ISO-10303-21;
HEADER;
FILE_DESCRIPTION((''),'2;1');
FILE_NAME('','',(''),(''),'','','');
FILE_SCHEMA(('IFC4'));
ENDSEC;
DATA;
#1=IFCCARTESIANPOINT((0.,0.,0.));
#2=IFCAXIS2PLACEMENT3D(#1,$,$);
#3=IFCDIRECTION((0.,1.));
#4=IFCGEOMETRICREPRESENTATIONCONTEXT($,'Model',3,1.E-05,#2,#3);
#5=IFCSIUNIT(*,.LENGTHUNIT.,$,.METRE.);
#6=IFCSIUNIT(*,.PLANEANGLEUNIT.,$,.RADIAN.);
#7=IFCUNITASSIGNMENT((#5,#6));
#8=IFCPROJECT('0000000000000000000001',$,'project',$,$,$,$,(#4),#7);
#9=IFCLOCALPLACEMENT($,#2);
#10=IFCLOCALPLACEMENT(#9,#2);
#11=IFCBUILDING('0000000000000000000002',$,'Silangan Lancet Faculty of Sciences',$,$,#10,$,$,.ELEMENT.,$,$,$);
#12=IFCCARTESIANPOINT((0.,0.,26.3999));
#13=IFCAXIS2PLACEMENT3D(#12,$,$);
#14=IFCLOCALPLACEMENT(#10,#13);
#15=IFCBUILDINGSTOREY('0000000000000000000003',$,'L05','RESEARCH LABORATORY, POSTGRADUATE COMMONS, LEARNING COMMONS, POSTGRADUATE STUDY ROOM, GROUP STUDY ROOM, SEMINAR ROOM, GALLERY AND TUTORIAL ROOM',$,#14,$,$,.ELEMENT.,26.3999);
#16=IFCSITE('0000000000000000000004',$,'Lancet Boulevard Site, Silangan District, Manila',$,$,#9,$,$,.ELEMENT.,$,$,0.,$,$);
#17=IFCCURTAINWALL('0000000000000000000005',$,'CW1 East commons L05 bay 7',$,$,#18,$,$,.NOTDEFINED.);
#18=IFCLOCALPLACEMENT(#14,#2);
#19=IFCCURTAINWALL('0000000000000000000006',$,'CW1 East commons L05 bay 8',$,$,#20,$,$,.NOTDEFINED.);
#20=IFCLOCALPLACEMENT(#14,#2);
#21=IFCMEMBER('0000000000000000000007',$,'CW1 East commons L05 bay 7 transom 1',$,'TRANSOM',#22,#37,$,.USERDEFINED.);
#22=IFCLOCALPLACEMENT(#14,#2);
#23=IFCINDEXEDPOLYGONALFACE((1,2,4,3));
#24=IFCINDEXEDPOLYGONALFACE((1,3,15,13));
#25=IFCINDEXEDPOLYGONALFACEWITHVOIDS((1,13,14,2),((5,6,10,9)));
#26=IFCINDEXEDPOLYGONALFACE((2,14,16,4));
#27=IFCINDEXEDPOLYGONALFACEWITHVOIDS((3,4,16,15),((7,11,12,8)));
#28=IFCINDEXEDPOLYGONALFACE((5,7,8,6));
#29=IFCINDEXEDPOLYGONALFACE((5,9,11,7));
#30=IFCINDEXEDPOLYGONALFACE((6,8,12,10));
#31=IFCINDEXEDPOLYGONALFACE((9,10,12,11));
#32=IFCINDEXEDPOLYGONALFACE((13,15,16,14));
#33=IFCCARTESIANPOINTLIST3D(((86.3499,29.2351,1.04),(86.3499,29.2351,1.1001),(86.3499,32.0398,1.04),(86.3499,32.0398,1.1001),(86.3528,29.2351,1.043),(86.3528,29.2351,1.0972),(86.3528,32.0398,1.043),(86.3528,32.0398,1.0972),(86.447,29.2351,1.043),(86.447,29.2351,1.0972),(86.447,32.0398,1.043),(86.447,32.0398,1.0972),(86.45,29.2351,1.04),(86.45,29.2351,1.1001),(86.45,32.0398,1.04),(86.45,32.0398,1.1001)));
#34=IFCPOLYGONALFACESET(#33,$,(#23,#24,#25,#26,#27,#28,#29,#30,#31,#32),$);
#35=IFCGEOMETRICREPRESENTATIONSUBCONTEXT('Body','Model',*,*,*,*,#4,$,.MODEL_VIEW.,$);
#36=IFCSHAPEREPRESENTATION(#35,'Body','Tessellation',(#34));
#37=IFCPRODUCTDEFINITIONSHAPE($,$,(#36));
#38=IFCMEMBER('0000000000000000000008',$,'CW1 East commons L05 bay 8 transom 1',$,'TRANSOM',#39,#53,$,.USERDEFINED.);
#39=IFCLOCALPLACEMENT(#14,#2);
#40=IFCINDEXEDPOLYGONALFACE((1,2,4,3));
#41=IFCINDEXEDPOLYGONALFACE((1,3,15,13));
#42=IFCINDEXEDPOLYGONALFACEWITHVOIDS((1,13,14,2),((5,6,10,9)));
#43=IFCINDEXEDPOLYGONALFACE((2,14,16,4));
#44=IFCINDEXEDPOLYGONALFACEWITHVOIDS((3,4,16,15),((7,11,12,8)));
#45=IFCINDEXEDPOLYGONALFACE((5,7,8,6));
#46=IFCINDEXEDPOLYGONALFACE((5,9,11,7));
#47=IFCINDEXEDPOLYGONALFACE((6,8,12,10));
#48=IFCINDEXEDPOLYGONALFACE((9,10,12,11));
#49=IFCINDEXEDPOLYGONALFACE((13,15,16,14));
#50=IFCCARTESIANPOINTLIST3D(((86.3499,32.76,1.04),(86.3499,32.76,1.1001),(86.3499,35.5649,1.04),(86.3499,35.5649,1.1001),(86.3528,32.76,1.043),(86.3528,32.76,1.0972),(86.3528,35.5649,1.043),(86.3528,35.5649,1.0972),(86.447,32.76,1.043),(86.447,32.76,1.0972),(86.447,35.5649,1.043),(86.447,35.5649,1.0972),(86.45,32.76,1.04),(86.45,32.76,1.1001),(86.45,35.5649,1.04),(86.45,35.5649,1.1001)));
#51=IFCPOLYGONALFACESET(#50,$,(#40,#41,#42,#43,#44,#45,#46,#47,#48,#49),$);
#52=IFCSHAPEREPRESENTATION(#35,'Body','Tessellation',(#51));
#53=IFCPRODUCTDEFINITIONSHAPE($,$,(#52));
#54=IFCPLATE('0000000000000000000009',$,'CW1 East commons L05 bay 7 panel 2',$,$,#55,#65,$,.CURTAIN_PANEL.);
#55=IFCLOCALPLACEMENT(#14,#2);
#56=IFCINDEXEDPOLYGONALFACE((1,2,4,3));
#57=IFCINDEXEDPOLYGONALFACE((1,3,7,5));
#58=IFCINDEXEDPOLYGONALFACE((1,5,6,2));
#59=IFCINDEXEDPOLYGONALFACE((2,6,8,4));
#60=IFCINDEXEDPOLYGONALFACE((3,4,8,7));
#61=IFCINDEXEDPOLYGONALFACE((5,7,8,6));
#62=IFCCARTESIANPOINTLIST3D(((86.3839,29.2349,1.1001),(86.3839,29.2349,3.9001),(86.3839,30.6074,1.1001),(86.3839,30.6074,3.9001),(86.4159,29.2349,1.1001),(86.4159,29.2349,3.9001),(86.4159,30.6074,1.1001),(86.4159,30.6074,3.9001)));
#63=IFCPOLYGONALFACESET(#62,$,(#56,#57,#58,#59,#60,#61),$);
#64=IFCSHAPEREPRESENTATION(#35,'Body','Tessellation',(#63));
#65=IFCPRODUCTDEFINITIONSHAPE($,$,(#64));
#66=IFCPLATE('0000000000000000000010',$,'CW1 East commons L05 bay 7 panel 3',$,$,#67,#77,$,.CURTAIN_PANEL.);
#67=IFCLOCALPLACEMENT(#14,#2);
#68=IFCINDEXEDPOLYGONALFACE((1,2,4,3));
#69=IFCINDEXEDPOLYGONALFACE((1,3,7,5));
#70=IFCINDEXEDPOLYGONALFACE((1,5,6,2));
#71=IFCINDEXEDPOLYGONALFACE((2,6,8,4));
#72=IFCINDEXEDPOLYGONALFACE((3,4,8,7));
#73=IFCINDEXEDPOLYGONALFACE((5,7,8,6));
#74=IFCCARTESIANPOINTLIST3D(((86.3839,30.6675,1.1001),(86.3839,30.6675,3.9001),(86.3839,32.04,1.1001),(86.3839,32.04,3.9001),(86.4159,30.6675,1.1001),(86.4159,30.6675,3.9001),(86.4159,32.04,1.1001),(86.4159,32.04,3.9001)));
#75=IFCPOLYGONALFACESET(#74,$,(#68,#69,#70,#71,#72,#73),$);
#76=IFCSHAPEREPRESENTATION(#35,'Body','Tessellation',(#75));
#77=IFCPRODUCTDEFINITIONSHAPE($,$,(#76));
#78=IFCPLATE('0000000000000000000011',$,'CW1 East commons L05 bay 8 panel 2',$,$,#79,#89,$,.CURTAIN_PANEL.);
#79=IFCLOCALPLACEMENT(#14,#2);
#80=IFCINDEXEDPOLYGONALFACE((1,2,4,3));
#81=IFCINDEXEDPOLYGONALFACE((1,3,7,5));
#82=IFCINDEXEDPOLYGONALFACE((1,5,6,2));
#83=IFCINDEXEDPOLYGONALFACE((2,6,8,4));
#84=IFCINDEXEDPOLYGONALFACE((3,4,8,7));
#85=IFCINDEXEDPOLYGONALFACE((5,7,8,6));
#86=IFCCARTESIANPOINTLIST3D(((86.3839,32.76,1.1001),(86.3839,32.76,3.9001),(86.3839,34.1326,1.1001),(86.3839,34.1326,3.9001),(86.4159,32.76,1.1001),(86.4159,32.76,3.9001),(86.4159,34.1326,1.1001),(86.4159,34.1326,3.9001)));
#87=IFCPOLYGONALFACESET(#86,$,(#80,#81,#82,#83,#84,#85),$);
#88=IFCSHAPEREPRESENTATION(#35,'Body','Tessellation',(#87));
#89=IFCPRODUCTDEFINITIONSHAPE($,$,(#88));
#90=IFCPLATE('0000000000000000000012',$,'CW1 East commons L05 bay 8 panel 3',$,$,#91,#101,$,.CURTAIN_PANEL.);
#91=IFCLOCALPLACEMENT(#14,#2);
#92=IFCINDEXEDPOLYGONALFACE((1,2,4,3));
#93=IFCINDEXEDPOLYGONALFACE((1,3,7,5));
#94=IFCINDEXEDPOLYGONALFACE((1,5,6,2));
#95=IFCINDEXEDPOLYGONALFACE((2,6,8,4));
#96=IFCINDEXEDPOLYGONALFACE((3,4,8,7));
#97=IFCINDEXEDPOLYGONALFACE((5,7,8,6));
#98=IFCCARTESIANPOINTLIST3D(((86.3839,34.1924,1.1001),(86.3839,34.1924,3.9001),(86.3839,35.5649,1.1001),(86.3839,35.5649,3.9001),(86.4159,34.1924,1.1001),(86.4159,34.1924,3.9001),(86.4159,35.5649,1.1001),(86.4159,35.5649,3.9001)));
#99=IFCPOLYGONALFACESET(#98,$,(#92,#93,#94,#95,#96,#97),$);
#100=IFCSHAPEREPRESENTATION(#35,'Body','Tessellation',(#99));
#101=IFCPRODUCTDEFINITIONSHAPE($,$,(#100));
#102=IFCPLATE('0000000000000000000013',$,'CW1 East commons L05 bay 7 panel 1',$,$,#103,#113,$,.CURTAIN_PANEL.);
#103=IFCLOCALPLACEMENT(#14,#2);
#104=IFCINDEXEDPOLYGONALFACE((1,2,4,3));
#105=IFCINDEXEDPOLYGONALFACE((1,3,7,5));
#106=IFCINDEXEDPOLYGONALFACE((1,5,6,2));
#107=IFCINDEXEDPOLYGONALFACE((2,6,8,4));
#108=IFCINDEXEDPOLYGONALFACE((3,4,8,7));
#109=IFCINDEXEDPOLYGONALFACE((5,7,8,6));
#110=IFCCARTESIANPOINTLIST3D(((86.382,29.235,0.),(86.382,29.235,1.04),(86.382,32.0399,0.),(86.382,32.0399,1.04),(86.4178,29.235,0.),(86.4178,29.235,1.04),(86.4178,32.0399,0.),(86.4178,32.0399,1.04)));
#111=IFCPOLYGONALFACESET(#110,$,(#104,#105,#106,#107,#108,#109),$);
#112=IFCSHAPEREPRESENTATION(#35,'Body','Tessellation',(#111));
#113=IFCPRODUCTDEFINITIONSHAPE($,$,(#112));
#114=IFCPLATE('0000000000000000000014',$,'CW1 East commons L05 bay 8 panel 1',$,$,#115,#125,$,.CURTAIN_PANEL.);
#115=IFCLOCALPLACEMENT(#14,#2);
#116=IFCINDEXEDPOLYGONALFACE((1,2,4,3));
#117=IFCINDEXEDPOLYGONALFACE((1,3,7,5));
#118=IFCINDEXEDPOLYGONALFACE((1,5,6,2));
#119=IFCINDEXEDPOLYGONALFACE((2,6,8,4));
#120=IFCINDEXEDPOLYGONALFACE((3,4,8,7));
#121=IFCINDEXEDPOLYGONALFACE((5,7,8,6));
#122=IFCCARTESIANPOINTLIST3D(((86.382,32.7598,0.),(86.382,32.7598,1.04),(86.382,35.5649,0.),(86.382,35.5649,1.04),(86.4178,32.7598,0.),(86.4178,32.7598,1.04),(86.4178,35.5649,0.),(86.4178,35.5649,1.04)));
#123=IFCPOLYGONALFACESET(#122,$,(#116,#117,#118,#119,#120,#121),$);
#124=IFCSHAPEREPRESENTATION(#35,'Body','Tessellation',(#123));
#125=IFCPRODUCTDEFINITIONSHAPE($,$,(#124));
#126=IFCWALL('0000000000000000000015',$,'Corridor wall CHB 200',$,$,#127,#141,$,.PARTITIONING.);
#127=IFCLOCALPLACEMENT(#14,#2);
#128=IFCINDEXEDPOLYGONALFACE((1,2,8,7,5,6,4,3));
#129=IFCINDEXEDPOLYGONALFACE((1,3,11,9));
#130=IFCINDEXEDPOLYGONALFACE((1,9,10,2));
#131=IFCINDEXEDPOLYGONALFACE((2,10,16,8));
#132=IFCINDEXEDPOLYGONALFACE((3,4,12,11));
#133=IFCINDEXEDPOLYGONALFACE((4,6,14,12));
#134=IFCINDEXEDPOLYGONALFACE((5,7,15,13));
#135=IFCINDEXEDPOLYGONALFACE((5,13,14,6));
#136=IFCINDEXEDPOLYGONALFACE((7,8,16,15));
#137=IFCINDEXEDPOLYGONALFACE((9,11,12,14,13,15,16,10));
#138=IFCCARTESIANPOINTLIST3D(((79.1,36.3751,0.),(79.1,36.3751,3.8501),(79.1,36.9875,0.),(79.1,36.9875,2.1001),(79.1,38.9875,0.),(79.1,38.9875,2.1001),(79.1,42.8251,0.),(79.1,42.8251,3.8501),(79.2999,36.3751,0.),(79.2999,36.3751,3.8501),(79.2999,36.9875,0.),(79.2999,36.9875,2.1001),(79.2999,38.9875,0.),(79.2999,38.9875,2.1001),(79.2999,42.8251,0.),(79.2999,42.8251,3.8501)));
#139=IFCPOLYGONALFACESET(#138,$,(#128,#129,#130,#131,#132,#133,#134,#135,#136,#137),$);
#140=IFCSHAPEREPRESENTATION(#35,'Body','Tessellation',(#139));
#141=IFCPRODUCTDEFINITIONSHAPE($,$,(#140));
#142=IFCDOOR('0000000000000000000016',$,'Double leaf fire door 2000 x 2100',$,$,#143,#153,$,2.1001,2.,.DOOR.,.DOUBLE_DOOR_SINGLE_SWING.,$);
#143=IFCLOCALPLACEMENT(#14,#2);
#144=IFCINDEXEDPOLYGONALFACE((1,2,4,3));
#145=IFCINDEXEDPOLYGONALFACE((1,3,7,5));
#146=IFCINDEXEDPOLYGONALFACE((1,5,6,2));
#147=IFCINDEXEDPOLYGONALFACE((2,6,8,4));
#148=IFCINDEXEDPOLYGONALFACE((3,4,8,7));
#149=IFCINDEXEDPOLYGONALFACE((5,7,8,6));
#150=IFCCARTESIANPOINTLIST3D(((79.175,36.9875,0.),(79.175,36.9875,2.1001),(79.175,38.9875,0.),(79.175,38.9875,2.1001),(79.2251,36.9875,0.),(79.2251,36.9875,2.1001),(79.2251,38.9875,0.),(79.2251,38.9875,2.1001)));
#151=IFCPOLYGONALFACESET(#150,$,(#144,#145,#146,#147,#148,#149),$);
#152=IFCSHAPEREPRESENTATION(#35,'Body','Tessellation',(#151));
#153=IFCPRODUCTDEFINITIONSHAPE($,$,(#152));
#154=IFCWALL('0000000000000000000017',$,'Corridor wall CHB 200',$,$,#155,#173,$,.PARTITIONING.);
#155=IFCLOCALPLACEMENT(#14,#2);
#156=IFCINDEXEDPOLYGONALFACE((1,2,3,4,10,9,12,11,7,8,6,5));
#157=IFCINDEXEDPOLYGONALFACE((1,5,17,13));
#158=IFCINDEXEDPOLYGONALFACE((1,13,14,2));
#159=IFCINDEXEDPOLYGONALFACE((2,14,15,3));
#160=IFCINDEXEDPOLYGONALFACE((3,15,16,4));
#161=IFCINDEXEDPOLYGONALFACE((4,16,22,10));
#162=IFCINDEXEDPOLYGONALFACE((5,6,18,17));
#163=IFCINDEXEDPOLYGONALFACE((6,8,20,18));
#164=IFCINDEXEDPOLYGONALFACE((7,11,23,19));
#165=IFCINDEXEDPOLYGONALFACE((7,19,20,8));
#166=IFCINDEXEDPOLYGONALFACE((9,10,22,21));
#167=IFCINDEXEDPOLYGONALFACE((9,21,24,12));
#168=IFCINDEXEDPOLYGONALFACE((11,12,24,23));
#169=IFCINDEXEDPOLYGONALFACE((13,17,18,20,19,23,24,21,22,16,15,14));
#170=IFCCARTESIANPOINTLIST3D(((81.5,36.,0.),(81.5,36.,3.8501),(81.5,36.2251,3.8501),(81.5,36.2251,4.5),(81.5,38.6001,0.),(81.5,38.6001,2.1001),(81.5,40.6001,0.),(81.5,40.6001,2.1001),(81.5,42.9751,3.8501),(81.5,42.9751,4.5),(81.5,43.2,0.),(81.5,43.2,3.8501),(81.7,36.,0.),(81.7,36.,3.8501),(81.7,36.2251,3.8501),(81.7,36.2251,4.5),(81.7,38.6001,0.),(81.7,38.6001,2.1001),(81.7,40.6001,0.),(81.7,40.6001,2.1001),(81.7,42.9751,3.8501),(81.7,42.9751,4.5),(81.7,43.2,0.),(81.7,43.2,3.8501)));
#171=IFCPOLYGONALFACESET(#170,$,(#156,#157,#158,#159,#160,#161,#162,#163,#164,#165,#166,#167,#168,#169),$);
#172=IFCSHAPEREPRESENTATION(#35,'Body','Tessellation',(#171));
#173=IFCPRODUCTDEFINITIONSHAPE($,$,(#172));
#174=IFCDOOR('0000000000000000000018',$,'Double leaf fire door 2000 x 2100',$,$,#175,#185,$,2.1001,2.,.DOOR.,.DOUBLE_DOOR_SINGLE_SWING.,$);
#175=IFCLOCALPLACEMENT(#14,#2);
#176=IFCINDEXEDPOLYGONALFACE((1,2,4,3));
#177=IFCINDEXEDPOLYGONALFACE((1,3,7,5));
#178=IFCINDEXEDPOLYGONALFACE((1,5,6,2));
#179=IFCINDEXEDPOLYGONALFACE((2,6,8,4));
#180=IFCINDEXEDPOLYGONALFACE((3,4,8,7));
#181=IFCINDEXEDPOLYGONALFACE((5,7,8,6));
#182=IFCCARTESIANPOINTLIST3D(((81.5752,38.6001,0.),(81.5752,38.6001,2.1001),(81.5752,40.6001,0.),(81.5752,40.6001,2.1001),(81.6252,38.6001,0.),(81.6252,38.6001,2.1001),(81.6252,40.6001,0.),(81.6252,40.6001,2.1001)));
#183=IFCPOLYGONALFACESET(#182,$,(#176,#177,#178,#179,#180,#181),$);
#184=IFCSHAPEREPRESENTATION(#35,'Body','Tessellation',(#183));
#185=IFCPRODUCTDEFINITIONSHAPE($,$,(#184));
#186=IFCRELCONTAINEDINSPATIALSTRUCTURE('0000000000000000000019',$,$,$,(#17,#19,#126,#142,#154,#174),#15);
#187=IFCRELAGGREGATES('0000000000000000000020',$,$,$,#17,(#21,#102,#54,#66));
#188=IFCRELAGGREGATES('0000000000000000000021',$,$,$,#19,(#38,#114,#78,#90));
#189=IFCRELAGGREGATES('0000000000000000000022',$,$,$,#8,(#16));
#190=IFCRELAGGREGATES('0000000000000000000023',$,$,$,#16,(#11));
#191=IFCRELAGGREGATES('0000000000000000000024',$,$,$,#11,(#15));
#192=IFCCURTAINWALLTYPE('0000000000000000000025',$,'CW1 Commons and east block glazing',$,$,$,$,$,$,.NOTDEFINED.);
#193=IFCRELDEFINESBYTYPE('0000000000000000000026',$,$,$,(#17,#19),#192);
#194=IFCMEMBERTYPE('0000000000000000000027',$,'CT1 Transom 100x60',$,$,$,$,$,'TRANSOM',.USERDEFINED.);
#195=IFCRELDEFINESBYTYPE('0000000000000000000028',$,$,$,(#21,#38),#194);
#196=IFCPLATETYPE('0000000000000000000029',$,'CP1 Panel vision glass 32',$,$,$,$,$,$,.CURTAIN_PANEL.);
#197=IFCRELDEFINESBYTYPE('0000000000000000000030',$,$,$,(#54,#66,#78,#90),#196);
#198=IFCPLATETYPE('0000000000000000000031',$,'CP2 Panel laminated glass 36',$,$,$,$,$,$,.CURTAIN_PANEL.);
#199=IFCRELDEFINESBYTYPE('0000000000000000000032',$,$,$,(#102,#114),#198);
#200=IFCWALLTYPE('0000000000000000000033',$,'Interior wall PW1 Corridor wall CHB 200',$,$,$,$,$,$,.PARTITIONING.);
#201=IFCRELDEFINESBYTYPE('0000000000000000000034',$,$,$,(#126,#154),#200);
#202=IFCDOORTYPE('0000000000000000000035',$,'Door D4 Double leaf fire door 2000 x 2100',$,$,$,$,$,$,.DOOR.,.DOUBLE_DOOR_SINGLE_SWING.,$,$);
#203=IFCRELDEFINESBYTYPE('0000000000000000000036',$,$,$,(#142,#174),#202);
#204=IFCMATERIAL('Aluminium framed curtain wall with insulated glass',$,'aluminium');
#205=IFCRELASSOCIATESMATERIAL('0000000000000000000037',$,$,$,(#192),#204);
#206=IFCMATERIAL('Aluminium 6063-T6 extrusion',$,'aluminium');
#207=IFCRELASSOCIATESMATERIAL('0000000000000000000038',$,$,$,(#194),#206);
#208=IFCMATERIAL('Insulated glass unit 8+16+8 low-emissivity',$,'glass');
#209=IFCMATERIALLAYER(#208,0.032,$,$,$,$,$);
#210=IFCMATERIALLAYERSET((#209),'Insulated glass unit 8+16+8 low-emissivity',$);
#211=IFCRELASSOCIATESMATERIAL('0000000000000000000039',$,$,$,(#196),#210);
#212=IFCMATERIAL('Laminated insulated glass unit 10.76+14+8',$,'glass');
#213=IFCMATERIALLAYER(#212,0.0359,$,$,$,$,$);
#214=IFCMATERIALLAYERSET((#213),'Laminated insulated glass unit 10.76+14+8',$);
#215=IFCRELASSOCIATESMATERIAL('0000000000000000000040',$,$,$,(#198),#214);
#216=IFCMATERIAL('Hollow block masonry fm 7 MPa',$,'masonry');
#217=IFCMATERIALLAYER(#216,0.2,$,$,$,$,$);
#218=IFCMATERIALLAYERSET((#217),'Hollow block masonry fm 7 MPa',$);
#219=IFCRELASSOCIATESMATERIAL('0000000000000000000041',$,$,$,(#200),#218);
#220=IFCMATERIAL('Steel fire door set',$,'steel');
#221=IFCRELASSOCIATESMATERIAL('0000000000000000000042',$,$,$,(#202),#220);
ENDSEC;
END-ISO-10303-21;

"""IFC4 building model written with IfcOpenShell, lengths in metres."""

from ifc_helpers import new_model, si_unit, direction, frame, frame_2d, origin, origin_2d, place, context, subcontext, project, spatial, polyline, rectangle, hollow_rectangle, outline, extrude, material, layer, layer_set, material_profile, profile_set, type_object, element, fill, aggregate, save


model = new_model("IFC4")

# Units and contexts
model_context = context("Model", 3, precision=1e-05, world=origin(), true_north=direction((0.0, 1.0)))
body_context = subcontext(model_context, "Body", "Model", "MODEL_VIEW")
ifc_project = project(units=[si_unit("LENGTHUNIT", "METRE"), si_unit("PLANEANGLEUNIT", "RADIAN")], contexts=[model_context])

# Site, building, storey
site_placement = place(None, origin())
site = spatial("IfcSite", under=ifc_project, at=site_placement, Name="Lancet Boulevard Site, Silangan District, Manila", CompositionType="ELEMENT", RefElevation=0.0)
building_placement = place(site_placement, origin())
building = spatial("IfcBuilding", under=site, at=building_placement, Name="Silangan Lancet Faculty of Sciences", CompositionType="ELEMENT")
storey_placement = place(building_placement, frame((0.0, 0.0, 26.3999)))
storey = spatial("IfcBuildingStorey", under=building, at=storey_placement, Name="L05", Description="RESEARCH LABORATORY, POSTGRADUATE COMMONS, LEARNING COMMONS, POSTGRADUATE STUDY ROOM, GROUP STUDY ROOM, SEMINAR ROOM, GALLERY AND TUTORIAL ROOM", CompositionType="ELEMENT", Elevation=26.3999)

# Curtain walls
ifc_material_1 = material(Name="Aluminium framed curtain wall with insulated glass", Category="aluminium")
curtain_wall_type = type_object("IfcCurtainWallType", Name="CW1 Commons and east block glazing", PredefinedType="NOTDEFINED", material=ifc_material_1)
curtain_wall_1_placement = place(storey_placement, origin())
curtain_wall_1 = element("IfcCurtainWall", 1, at=curtain_wall_1_placement, inside=storey, type_object=curtain_wall_type, Name="CW1 East commons L05 bay 7", PredefinedType="NOTDEFINED")
curtain_wall_2_placement = place(storey_placement, origin())
curtain_wall_2 = element("IfcCurtainWall", 2, at=curtain_wall_2_placement, inside=storey, type_object=curtain_wall_type, Name="CW1 East commons L05 bay 8", PredefinedType="NOTDEFINED")

# Members
ifc_material_2 = material(Name="Aluminium 6063-T6 extrusion", Category="aluminium")
ifc_material_profile_1 = material_profile(ifc_material_2, hollow_rectangle(XDim=0.1001, YDim=0.0601, WallThickness=0.0029, at=origin_2d()), Name="AL BOX 100x60x3")
ifc_profile_set_1 = profile_set([ifc_material_profile_1], Name="Aluminium 6063-T6 extrusion")
member_type_1 = type_object("IfcMemberType", Name="CT1 Transom 100x60", ElementType="TRANSOM", PredefinedType="USERDEFINED", material=ifc_profile_set_1)
member_1_placement = place(storey_placement, frame((86.3999, 29.2351, 1.0701), z_axis=(0.0, 1.0, 0.0), x_axis=(-1.0, 0.0, 0.0)))
member_1 = element("IfcMember", 3, at=member_1_placement, type_object=member_type_1, Name="CW1 East commons L05 bay 7 transom 1", ObjectType="TRANSOM", PredefinedType="USERDEFINED", context=body_context, shape_type="SweptSolid", body=[
    extrude(hollow_rectangle(XDim=0.1001, YDim=0.0601, WallThickness=0.0029, at=origin_2d()), origin(), (0.0, 0.0, 1.0), 2.8047),
])
member_2_placement = place(storey_placement, frame((86.3999, 32.76, 1.0701), z_axis=(0.0, 1.0, 0.0), x_axis=(-1.0, 0.0, 0.0)))
member_2 = element("IfcMember", 4, at=member_2_placement, type_object=member_type_1, Name="CW1 East commons L05 bay 8 transom 1", ObjectType="TRANSOM", PredefinedType="USERDEFINED", context=body_context, shape_type="SweptSolid", body=[
    extrude(hollow_rectangle(XDim=0.1001, YDim=0.0601, WallThickness=0.0029, at=origin_2d()), origin(), (0.0, 0.0, 1.0), 2.8049),
])

# Plates
ifc_material_3 = material(Name="Insulated glass unit 8+16+8 low-emissivity", Category="glass")
ifc_layer_1 = layer(ifc_material_3, 0.032)
ifc_layer_set_1 = layer_set([ifc_layer_1], Name="Insulated glass unit 8+16+8 low-emissivity")
plate_type_1 = type_object("IfcPlateType", Name="CP1 Panel vision glass 32", PredefinedType="CURTAIN_PANEL", material=ifc_layer_set_1)
plate_1_placement = place(storey_placement, frame((86.3999, 29.9211, 1.1001), z_axis=(0.0, 0.0, 1.0), x_axis=(0.0, 1.0, 0.0)))
plate_1 = element("IfcPlate", 5, at=plate_1_placement, type_object=plate_type_1, Name="CW1 East commons L05 bay 7 panel 2", PredefinedType="CURTAIN_PANEL", context=body_context, shape_type="SweptSolid", body=[
    extrude(rectangle(XDim=1.3726, YDim=0.032, at=origin_2d()), origin(), (0.0, 0.0, 1.0), 2.8),
])
plate_2_placement = place(storey_placement, frame((86.3999, 31.3538, 1.1001), z_axis=(0.0, 0.0, 1.0), x_axis=(0.0, 1.0, 0.0)))
plate_2 = element("IfcPlate", 6, at=plate_2_placement, type_object=plate_type_1, Name="CW1 East commons L05 bay 7 panel 3", PredefinedType="CURTAIN_PANEL", context=body_context, shape_type="SweptSolid", body=[
    extrude(rectangle(XDim=1.3726, YDim=0.032, at=origin_2d()), origin(), (0.0, 0.0, 1.0), 2.8),
])
plate_3_placement = place(storey_placement, frame((86.3999, 33.4463, 1.1001), z_axis=(0.0, 0.0, 1.0), x_axis=(0.0, 1.0, 0.0)))
plate_3 = element("IfcPlate", 7, at=plate_3_placement, type_object=plate_type_1, Name="CW1 East commons L05 bay 8 panel 2", PredefinedType="CURTAIN_PANEL", context=body_context, shape_type="SweptSolid", body=[
    extrude(rectangle(XDim=1.3726, YDim=0.032, at=origin_2d()), origin(), (0.0, 0.0, 1.0), 2.8),
])
plate_4_placement = place(storey_placement, frame((86.3999, 34.8787, 1.1001), z_axis=(0.0, 0.0, 1.0), x_axis=(0.0, 1.0, 0.0)))
plate_4 = element("IfcPlate", 8, at=plate_4_placement, type_object=plate_type_1, Name="CW1 East commons L05 bay 8 panel 3", PredefinedType="CURTAIN_PANEL", context=body_context, shape_type="SweptSolid", body=[
    extrude(rectangle(XDim=1.3726, YDim=0.032, at=origin_2d()), origin(), (0.0, 0.0, 1.0), 2.8),
])
ifc_material_4 = material(Name="Laminated insulated glass unit 10.76+14+8", Category="glass")
ifc_layer_2 = layer(ifc_material_4, 0.0359)
ifc_layer_set_2 = layer_set([ifc_layer_2], Name="Laminated insulated glass unit 10.76+14+8")
plate_type_2 = type_object("IfcPlateType", Name="CP2 Panel laminated glass 36", PredefinedType="CURTAIN_PANEL", material=ifc_layer_set_2)
plate_5_placement = place(storey_placement, frame((86.3999, 30.6375, 0.0), z_axis=(0.0, 0.0, 1.0), x_axis=(0.0, 1.0, 0.0)))
plate_5 = element("IfcPlate", 9, at=plate_5_placement, type_object=plate_type_2, Name="CW1 East commons L05 bay 7 panel 1", PredefinedType="CURTAIN_PANEL", context=body_context, shape_type="SweptSolid", body=[
    extrude(rectangle(XDim=2.8049, YDim=0.0359, at=origin_2d()), origin(), (0.0, 0.0, 1.0), 1.04),
])
aggregate(curtain_wall_1, [member_1, plate_5, plate_1, plate_2])
plate_6_placement = place(storey_placement, frame((86.3999, 34.1624, 0.0), z_axis=(0.0, 0.0, 1.0), x_axis=(0.0, 1.0, 0.0)))
plate_6 = element("IfcPlate", 10, at=plate_6_placement, type_object=plate_type_2, Name="CW1 East commons L05 bay 8 panel 1", PredefinedType="CURTAIN_PANEL", context=body_context, shape_type="SweptSolid", body=[
    extrude(rectangle(XDim=2.8052, YDim=0.0359, at=origin_2d()), origin(), (0.0, 0.0, 1.0), 1.04),
])
aggregate(curtain_wall_2, [member_2, plate_6, plate_3, plate_4])

# Walls, openings, doors
ifc_material_5 = material(Name="Hollow block masonry fm 7 MPa", Category="masonry")
ifc_layer_3 = layer(ifc_material_5, 0.2)
ifc_layer_set_3 = layer_set([ifc_layer_3], Name="Hollow block masonry fm 7 MPa")
wall_type_1 = type_object("IfcWallType", Name="Interior wall PW1 Corridor wall CHB 200", PredefinedType="PARTITIONING", material=ifc_layer_set_3)
wall_1_placement = place(storey_placement, frame((79.2, 36.375, 0.0), z_axis=(0.0, 0.0, 1.0), x_axis=(0.0, 1.0, 0.0)))
wall_1 = element("IfcWall", 11, at=wall_1_placement, inside=storey, type_object=wall_type_1, Name="Corridor wall CHB 200", PredefinedType="PARTITIONING", context=body_context, shape_type="SweptSolid", body=[
    extrude(rectangle(XDim=6.45, YDim=0.2, at=frame_2d((3.2251, 0.0))), origin(), (0.0, 0.0, 1.0), 3.8501),
])
opening_1_placement = place(wall_1_placement, frame((0.6125, 0.0, 0.0)))
opening_1 = element("IfcOpeningElement", 12, at=opening_1_placement, cuts=wall_1, PredefinedType="OPENING", context=body_context, shape_type="SweptSolid", body=[
    extrude(rectangle(XDim=2.0, YDim=2.1001, at=frame_2d((1.0, 1.05))), frame((0.0, 0.1099, 0.0), z_axis=(0.0, -1.0, 0.0), x_axis=(1.0, 0.0, 0.0)), (0.0, 0.0, 1.0), 0.22),
])
ifc_material_6 = material(Name="Steel fire door set", Category="steel")
door_type = type_object("IfcDoorType", Name="Door D4 Double leaf fire door 2000 x 2100", OperationType="DOUBLE_DOOR_SINGLE_SWING", PredefinedType="DOOR", material=ifc_material_6)
door_1_placement = place(opening_1_placement, origin())
door_1 = element("IfcDoor", 13, at=door_1_placement, inside=storey, type_object=door_type, Name="Double leaf fire door 2000 x 2100", OperationType="DOUBLE_DOOR_SINGLE_SWING", OverallHeight=2.1001, OverallWidth=2.0, PredefinedType="DOOR", context=body_context, shape_type="SweptSolid", body=[
    extrude(rectangle(XDim=2.0, YDim=2.1001, at=frame_2d((1.0, 1.05))), frame((0.0, 0.0249, 0.0), z_axis=(0.0, -1.0, 0.0), x_axis=(1.0, 0.0, 0.0)), (0.0, 0.0, 1.0), 0.05),
])
fill(opening_1, door_1)
wall_2_placement = place(storey_placement, frame((81.6001, 36.0, 0.0), z_axis=(0.0, 0.0, 1.0), x_axis=(0.0, 1.0, 0.0)))
wall_2 = element("IfcWall", 14, at=wall_2_placement, inside=storey, type_object=wall_type_1, Name="Corridor wall CHB 200", PredefinedType="PARTITIONING", context=body_context, shape_type="SweptSolid", body=[
    extrude(outline(polyline([(0.0, 0.0), (7.2, 0.0), (7.2, 3.8501), (6.9751, 3.8501), (6.9751, 4.5), (0.2251, 4.5), (0.2251, 3.8501), (0.0, 3.8501), (0.0, 0.0)])), frame((0.0, 0.1001, 0.0), z_axis=(0.0, -1.0, 0.0), x_axis=(1.0, 0.0, 0.0)), (0.0, 0.0, 1.0), 0.2),
])
opening_2_placement = place(wall_2_placement, frame((2.6001, 0.0, 0.0)))
opening_2 = element("IfcOpeningElement", 15, at=opening_2_placement, cuts=wall_2, PredefinedType="OPENING", context=body_context, shape_type="SweptSolid", body=[
    extrude(rectangle(XDim=2.0, YDim=2.1001, at=frame_2d((1.0, 1.05))), frame((0.0, 0.1099, 0.0), z_axis=(0.0, -1.0, 0.0), x_axis=(1.0, 0.0, 0.0)), (0.0, 0.0, 1.0), 0.22),
])
door_2_placement = place(opening_2_placement, origin())
door_2 = element("IfcDoor", 16, at=door_2_placement, inside=storey, type_object=door_type, Name="Double leaf fire door 2000 x 2100", OperationType="DOUBLE_DOOR_SINGLE_SWING", OverallHeight=2.1001, OverallWidth=2.0, PredefinedType="DOOR", context=body_context, shape_type="SweptSolid", body=[
    extrude(rectangle(XDim=2.0, YDim=2.1001, at=frame_2d((1.0, 1.05))), frame((0.0, 0.0249, 0.0), z_axis=(0.0, -1.0, 0.0), x_axis=(1.0, 0.0, 0.0)), (0.0, 0.0, 1.0), 0.05),
])
fill(opening_2, door_2)

save(model, "model.ifc")
